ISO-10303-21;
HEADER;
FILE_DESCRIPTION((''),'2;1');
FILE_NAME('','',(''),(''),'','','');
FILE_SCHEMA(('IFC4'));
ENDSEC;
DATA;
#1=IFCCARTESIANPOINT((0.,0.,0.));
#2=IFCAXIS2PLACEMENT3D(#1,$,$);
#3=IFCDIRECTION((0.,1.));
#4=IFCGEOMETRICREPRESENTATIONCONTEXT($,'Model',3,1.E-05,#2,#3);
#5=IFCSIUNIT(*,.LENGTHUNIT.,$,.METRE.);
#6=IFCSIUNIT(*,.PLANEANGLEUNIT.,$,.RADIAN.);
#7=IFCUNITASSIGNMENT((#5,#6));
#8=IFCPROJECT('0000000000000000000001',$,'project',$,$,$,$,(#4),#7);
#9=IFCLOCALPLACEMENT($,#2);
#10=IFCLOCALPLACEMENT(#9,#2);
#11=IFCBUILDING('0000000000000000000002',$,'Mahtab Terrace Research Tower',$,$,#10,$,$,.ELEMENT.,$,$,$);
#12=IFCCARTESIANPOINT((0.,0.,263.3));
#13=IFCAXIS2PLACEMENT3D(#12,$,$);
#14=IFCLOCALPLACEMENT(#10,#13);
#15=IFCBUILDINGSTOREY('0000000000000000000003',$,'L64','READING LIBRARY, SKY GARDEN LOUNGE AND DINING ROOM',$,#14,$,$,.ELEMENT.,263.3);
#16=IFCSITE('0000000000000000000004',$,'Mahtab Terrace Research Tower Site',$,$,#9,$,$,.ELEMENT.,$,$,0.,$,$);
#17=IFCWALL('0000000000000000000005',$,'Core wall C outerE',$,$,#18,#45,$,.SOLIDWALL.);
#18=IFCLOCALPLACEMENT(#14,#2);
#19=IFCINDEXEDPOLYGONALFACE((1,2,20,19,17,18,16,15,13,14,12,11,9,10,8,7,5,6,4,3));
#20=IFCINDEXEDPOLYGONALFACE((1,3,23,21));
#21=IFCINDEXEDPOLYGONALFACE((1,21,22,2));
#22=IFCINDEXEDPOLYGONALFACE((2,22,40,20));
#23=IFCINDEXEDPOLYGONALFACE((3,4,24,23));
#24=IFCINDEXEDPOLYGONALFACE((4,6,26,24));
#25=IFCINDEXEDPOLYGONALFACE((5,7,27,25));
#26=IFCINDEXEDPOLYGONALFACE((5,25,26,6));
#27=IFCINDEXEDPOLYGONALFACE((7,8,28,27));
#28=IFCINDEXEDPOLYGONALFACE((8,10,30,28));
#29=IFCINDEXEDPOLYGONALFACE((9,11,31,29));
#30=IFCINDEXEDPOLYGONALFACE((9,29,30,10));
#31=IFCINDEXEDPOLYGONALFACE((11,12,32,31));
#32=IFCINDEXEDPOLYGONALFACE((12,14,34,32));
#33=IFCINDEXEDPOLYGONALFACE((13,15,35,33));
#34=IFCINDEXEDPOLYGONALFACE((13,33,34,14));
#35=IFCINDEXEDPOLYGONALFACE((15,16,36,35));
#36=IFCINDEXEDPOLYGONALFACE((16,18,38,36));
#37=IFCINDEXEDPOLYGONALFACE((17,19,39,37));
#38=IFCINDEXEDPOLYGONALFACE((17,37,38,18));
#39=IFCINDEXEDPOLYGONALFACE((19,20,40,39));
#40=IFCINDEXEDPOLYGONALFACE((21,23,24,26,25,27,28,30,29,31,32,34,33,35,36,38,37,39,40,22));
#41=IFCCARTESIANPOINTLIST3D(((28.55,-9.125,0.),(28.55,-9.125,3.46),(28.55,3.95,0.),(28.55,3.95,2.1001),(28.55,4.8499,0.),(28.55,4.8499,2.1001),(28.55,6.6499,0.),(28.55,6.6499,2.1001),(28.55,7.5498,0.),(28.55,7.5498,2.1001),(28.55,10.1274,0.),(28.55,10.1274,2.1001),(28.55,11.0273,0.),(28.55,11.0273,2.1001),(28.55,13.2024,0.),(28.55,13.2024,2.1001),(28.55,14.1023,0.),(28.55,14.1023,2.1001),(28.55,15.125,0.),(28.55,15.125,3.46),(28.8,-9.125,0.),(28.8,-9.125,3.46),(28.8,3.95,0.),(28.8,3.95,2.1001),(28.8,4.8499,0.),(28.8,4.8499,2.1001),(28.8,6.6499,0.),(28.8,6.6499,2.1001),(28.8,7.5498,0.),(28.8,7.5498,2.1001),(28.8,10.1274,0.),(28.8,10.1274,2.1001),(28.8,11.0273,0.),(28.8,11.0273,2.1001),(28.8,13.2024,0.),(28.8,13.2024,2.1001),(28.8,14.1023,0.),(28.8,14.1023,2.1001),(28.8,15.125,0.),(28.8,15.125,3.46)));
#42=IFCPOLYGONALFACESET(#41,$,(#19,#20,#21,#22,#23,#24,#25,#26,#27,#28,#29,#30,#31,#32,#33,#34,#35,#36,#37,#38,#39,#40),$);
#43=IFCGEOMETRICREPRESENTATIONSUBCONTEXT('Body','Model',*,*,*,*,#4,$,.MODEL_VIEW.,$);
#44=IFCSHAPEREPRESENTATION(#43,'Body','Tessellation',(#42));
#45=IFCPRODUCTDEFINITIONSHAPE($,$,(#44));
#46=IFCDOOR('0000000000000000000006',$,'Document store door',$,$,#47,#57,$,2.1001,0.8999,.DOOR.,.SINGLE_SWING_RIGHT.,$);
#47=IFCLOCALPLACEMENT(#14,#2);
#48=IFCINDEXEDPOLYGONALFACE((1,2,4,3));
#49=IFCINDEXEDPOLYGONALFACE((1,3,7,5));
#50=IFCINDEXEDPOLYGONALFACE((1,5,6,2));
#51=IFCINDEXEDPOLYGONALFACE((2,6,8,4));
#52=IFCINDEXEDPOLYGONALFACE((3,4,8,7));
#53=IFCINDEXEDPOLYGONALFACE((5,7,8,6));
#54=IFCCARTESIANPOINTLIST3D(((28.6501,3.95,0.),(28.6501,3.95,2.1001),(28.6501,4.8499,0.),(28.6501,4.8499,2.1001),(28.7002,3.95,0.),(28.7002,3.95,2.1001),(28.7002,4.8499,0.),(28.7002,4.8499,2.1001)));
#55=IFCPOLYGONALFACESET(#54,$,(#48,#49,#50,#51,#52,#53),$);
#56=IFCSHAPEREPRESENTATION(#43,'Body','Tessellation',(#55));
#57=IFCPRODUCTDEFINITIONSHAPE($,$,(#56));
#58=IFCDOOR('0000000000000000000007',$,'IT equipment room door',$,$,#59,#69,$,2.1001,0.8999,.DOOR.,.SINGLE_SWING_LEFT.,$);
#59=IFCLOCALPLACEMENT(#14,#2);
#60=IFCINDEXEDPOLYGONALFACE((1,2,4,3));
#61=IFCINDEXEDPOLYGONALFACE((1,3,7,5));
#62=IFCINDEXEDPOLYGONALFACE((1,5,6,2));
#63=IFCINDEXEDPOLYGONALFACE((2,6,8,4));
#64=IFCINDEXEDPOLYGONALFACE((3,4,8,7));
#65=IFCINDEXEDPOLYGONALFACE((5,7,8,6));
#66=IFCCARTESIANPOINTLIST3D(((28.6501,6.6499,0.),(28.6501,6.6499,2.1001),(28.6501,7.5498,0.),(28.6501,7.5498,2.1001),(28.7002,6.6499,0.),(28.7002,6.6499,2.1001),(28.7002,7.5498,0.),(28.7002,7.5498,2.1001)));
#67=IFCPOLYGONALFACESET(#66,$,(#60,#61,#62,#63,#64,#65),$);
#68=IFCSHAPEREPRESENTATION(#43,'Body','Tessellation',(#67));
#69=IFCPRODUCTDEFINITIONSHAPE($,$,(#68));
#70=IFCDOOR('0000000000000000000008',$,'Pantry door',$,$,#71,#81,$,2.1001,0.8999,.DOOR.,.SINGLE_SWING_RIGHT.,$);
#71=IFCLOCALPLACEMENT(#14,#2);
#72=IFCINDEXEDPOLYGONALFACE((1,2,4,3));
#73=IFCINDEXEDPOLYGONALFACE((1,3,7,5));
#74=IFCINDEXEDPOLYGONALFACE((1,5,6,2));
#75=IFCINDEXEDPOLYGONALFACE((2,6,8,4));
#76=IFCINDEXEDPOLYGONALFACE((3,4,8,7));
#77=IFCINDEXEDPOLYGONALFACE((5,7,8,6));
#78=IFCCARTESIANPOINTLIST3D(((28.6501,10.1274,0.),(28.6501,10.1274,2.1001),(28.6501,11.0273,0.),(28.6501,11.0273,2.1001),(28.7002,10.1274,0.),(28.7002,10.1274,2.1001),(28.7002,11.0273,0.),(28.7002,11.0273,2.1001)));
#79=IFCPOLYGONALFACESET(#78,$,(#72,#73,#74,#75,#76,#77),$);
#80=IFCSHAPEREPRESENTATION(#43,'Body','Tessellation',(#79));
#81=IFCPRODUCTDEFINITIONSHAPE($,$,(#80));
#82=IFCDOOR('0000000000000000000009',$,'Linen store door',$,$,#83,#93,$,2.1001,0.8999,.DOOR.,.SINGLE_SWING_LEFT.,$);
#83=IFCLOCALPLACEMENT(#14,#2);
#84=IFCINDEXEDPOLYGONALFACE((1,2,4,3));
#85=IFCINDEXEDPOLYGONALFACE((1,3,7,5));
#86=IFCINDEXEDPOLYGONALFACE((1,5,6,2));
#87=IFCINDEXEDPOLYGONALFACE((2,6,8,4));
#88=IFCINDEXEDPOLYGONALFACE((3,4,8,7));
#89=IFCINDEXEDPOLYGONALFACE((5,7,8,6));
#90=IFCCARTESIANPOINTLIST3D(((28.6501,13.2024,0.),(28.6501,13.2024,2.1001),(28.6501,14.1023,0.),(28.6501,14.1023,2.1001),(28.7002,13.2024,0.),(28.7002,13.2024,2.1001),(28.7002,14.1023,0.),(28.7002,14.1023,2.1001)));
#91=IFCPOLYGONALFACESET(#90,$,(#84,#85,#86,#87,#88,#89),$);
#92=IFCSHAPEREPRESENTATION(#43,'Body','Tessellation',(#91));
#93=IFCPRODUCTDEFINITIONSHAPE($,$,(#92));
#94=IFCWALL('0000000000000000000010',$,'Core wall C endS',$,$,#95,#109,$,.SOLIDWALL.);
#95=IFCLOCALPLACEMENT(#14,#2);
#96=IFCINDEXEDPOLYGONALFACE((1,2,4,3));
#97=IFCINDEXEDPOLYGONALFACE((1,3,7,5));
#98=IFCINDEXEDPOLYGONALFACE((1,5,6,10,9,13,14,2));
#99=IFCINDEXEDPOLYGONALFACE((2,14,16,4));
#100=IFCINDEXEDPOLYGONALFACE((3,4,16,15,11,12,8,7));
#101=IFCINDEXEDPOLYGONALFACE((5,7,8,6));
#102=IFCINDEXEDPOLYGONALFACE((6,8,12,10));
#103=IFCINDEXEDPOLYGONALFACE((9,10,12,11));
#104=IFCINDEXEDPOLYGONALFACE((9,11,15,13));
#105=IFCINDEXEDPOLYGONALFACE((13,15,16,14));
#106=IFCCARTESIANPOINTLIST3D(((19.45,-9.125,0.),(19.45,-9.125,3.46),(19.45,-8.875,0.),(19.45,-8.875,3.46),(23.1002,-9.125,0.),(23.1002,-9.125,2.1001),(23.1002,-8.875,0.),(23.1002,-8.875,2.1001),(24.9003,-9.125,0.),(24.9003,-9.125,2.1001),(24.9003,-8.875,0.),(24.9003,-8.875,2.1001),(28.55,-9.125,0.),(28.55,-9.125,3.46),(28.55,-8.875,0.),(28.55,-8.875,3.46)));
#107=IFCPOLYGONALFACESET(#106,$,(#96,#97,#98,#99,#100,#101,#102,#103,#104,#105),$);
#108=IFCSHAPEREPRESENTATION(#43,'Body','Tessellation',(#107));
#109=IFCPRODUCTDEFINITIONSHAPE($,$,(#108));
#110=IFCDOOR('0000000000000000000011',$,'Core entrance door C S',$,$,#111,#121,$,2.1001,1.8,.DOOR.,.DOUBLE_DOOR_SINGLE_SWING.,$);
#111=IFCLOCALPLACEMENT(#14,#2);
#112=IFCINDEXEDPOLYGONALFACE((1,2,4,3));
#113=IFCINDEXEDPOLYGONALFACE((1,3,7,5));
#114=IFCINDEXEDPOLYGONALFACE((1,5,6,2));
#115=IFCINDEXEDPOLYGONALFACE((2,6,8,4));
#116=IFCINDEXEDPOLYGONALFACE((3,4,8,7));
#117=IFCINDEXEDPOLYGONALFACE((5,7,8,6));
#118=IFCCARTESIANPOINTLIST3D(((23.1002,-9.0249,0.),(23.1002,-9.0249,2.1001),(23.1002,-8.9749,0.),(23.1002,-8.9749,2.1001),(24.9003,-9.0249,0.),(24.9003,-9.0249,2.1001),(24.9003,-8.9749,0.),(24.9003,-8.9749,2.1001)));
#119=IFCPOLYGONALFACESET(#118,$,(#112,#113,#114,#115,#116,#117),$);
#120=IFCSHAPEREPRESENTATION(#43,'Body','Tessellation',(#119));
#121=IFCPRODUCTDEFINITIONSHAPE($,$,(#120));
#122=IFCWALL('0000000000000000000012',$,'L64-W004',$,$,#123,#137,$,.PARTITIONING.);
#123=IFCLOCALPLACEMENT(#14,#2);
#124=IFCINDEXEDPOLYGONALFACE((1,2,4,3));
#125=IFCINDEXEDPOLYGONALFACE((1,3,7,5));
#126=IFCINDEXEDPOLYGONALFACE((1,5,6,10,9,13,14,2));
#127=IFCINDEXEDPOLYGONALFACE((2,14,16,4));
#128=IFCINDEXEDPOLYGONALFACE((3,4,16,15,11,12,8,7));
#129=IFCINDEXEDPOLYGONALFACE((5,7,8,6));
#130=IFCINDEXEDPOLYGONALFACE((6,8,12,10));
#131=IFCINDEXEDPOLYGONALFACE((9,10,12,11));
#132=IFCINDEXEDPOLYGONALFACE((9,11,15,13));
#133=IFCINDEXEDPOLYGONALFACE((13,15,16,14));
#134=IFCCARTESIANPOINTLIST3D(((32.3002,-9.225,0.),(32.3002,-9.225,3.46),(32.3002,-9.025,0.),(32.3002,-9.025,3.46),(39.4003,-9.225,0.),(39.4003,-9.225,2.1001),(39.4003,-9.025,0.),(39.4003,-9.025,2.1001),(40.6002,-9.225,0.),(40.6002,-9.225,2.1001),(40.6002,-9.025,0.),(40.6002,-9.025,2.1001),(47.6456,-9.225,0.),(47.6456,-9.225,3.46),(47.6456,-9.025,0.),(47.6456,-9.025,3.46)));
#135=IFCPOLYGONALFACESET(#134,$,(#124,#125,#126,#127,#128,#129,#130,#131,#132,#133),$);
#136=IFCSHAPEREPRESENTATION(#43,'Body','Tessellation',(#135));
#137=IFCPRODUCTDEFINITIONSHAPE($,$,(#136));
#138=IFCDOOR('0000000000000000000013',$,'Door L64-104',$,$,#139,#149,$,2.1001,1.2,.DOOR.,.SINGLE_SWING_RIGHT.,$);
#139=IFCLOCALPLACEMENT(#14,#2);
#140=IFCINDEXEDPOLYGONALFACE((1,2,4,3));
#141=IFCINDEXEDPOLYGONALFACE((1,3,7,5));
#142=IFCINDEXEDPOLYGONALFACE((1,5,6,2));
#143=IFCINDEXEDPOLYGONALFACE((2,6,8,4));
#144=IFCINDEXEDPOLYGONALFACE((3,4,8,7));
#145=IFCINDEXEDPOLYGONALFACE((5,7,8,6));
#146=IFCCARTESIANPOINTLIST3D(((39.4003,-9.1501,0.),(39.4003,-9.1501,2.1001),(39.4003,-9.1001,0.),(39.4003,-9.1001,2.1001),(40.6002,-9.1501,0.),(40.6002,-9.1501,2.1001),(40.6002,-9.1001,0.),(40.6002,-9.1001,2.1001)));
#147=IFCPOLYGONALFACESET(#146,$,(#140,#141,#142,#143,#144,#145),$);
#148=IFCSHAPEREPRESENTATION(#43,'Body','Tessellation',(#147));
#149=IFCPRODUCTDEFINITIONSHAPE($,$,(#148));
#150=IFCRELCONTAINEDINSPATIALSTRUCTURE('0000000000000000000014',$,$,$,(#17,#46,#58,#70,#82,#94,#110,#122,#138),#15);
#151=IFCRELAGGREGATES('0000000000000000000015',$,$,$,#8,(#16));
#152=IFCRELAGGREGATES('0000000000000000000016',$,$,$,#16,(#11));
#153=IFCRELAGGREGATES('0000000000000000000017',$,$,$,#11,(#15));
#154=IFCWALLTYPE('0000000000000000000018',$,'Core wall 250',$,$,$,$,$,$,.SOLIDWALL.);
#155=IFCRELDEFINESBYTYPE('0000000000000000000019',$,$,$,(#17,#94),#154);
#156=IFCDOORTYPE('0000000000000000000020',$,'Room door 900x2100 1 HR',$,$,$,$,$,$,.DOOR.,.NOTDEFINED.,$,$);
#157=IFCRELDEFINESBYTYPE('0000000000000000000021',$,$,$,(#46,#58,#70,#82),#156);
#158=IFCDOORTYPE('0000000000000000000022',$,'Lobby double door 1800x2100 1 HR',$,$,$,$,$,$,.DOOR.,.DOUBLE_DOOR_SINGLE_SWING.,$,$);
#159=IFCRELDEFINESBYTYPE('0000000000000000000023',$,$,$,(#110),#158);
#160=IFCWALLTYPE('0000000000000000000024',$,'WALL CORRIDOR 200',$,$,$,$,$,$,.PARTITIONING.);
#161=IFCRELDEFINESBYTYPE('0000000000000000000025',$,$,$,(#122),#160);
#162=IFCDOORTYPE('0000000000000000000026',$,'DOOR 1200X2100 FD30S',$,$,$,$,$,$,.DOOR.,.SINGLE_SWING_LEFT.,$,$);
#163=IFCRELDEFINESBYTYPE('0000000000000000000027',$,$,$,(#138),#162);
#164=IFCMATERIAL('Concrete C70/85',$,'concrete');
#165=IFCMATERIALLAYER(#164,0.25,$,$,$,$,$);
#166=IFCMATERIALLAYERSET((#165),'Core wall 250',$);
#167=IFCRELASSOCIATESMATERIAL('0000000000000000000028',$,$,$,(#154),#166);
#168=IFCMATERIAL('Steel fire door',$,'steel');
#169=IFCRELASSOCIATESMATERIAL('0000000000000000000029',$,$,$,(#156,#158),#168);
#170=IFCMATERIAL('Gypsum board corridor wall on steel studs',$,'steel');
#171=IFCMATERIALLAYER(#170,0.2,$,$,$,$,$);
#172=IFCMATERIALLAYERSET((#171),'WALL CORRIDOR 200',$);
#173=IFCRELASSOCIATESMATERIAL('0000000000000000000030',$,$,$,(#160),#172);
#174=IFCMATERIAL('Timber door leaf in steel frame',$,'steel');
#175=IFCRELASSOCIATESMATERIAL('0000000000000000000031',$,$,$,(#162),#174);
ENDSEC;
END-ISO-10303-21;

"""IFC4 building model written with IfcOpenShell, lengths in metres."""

from ifc_helpers import new_model, si_unit, direction, frame, frame_2d, origin, place, context, subcontext, project, spatial, rectangle, extrude, material, layer, layer_set, type_object, element, fill, save


model = new_model("IFC4")

# Units and contexts
model_context = context("Model", 3, precision=1e-05, world=origin(), true_north=direction((0.0, 1.0)))
body_context = subcontext(model_context, "Body", "Model", "MODEL_VIEW")
ifc_project = project(units=[si_unit("LENGTHUNIT", "METRE"), si_unit("PLANEANGLEUNIT", "RADIAN")], contexts=[model_context])

# Site, building, storey
site_placement = place(None, origin())
site = spatial("IfcSite", under=ifc_project, at=site_placement, Name="Mahtab Terrace Research Tower Site", CompositionType="ELEMENT", RefElevation=0.0)
building_placement = place(site_placement, origin())
building = spatial("IfcBuilding", under=site, at=building_placement, Name="Mahtab Terrace Research Tower", CompositionType="ELEMENT")
storey_placement = place(building_placement, frame((0.0, 0.0, 263.3)))
storey = spatial("IfcBuildingStorey", under=building, at=storey_placement, Name="L64", Description="READING LIBRARY, SKY GARDEN LOUNGE AND DINING ROOM", CompositionType="ELEMENT", Elevation=263.3)

# Shared definitions
ifc_material_1 = material(Name="Concrete C70/85", Category="concrete")

# Wall, openings, doors
ifc_layer_1 = layer(ifc_material_1, 0.25)
ifc_layer_set_1 = layer_set([ifc_layer_1], Name="Core wall 250")
wall_type_1 = type_object("IfcWallType", Name="Core wall 250", PredefinedType="SOLIDWALL", material=ifc_layer_set_1)
wall_1_placement = place(storey_placement, frame((28.675, -9.125, 0.0), z_axis=(0.0, 0.0, 1.0), x_axis=(0.0, 1.0, 0.0)))
wall_1 = element("IfcWall", 1, at=wall_1_placement, inside=storey, type_object=wall_type_1, Name="Core wall C outerE", PredefinedType="SOLIDWALL", context=body_context, shape_type="SweptSolid", body=[
    extrude(rectangle(XDim=24.25, YDim=0.25, at=frame_2d((12.125, 0.0))), origin(), (0.0, 0.0, 1.0), 3.46),
])
opening_1_placement = place(wall_1_placement, frame((13.075, 0.0, 0.0)))
opening_1 = element("IfcOpeningElement", 2, at=opening_1_placement, cuts=wall_1, PredefinedType="OPENING", context=body_context, shape_type="SweptSolid", body=[
    extrude(rectangle(XDim=0.8999, YDim=2.1001, at=frame_2d((0.45, 1.05))), frame((0.0, 0.135, 0.0), z_axis=(0.0, -1.0, 0.0), x_axis=(1.0, 0.0, 0.0)), (0.0, 0.0, 1.0), 0.27),
])
opening_2_placement = place(wall_1_placement, frame((15.7749, 0.0, 0.0)))
opening_2 = element("IfcOpeningElement", 3, at=opening_2_placement, cuts=wall_1, PredefinedType="OPENING", context=body_context, shape_type="SweptSolid", body=[
    extrude(rectangle(XDim=0.8999, YDim=2.1001, at=frame_2d((0.45, 1.05))), frame((0.0, 0.135, 0.0), z_axis=(0.0, -1.0, 0.0), x_axis=(1.0, 0.0, 0.0)), (0.0, 0.0, 1.0), 0.27),
])
opening_3_placement = place(wall_1_placement, frame((19.2524, 0.0, 0.0)))
opening_3 = element("IfcOpeningElement", 4, at=opening_3_placement, cuts=wall_1, PredefinedType="OPENING", context=body_context, shape_type="SweptSolid", body=[
    extrude(rectangle(XDim=0.8999, YDim=2.1001, at=frame_2d((0.45, 1.05))), frame((0.0, 0.135, 0.0), z_axis=(0.0, -1.0, 0.0), x_axis=(1.0, 0.0, 0.0)), (0.0, 0.0, 1.0), 0.27),
])
opening_4_placement = place(wall_1_placement, frame((22.3274, 0.0, 0.0)))
opening_4 = element("IfcOpeningElement", 5, at=opening_4_placement, cuts=wall_1, PredefinedType="OPENING", context=body_context, shape_type="SweptSolid", body=[
    extrude(rectangle(XDim=0.8999, YDim=2.1001, at=frame_2d((0.45, 1.05))), frame((0.0, 0.135, 0.0), z_axis=(0.0, -1.0, 0.0), x_axis=(1.0, 0.0, 0.0)), (0.0, 0.0, 1.0), 0.27),
])
ifc_material_2 = material(Name="Steel fire door", Category="steel")
door_type_1 = type_object("IfcDoorType", Name="Room door 900x2100 1 HR", OperationType="NOTDEFINED", PredefinedType="DOOR", material=ifc_material_2)
door_1_placement = place(opening_1_placement, origin())
door_1 = element("IfcDoor", 6, at=door_1_placement, inside=storey, type_object=door_type_1, Name="Document store door", OperationType="SINGLE_SWING_RIGHT", OverallHeight=2.1001, OverallWidth=0.8999, PredefinedType="DOOR", context=body_context, shape_type="SweptSolid", body=[
    extrude(rectangle(XDim=0.8999, YDim=2.1001, at=frame_2d((0.45, 1.05))), frame((0.0, 0.0249, 0.0), z_axis=(0.0, -1.0, 0.0), x_axis=(1.0, 0.0, 0.0)), (0.0, 0.0, 1.0), 0.05),
])
fill(opening_1, door_1)
door_2_placement = place(opening_2_placement, origin())
door_2 = element("IfcDoor", 7, at=door_2_placement, inside=storey, type_object=door_type_1, Name="IT equipment room door", OperationType="SINGLE_SWING_LEFT", OverallHeight=2.1001, OverallWidth=0.8999, PredefinedType="DOOR", context=body_context, shape_type="SweptSolid", body=[
    extrude(rectangle(XDim=0.8999, YDim=2.1001, at=frame_2d((0.45, 1.05))), frame((0.0, 0.0249, 0.0), z_axis=(0.0, -1.0, 0.0), x_axis=(1.0, 0.0, 0.0)), (0.0, 0.0, 1.0), 0.05),
])
fill(opening_2, door_2)
door_3_placement = place(opening_3_placement, origin())
door_3 = element("IfcDoor", 8, at=door_3_placement, inside=storey, type_object=door_type_1, Name="Pantry door", OperationType="SINGLE_SWING_RIGHT", OverallHeight=2.1001, OverallWidth=0.8999, PredefinedType="DOOR", context=body_context, shape_type="SweptSolid", body=[
    extrude(rectangle(XDim=0.8999, YDim=2.1001, at=frame_2d((0.45, 1.05))), frame((0.0, 0.0249, 0.0), z_axis=(0.0, -1.0, 0.0), x_axis=(1.0, 0.0, 0.0)), (0.0, 0.0, 1.0), 0.05),
])
fill(opening_3, door_3)
door_4_placement = place(opening_4_placement, origin())
door_4 = element("IfcDoor", 9, at=door_4_placement, inside=storey, type_object=door_type_1, Name="Linen store door", OperationType="SINGLE_SWING_LEFT", OverallHeight=2.1001, OverallWidth=0.8999, PredefinedType="DOOR", context=body_context, shape_type="SweptSolid", body=[
    extrude(rectangle(XDim=0.8999, YDim=2.1001, at=frame_2d((0.45, 1.05))), frame((0.0, 0.0249, 0.0), z_axis=(0.0, -1.0, 0.0), x_axis=(1.0, 0.0, 0.0)), (0.0, 0.0, 1.0), 0.05),
])
fill(opening_4, door_4)

# Walls, openings, doors
wall_2_placement = place(storey_placement, frame((28.55, -9.0, 0.0), z_axis=(0.0, 0.0, 1.0), x_axis=(-1.0, 0.0, 0.0)))
wall_2 = element("IfcWall", 10, at=wall_2_placement, inside=storey, type_object=wall_type_1, Name="Core wall C endS", PredefinedType="SOLIDWALL", context=body_context, shape_type="SweptSolid", body=[
    extrude(rectangle(XDim=9.1001, YDim=0.25, at=frame_2d((4.55, 0.0))), origin(), (0.0, 0.0, 1.0), 3.46),
])
opening_5_placement = place(wall_2_placement, frame((3.6499, 0.0, 0.0)))
opening_5 = element("IfcOpeningElement", 11, at=opening_5_placement, cuts=wall_2, PredefinedType="OPENING", context=body_context, shape_type="SweptSolid", body=[
    extrude(rectangle(XDim=1.8, YDim=2.1001, at=frame_2d((0.8999, 1.05))), frame((0.0, 0.135, 0.0), z_axis=(0.0, -1.0, 0.0), x_axis=(1.0, 0.0, 0.0)), (0.0, 0.0, 1.0), 0.27),
])
door_type_2 = type_object("IfcDoorType", Name="Lobby double door 1800x2100 1 HR", OperationType="DOUBLE_DOOR_SINGLE_SWING", PredefinedType="DOOR", material=ifc_material_2)
door_5_placement = place(opening_5_placement, origin())
door_5 = element("IfcDoor", 12, at=door_5_placement, inside=storey, type_object=door_type_2, Name="Core entrance door C S", OperationType="DOUBLE_DOOR_SINGLE_SWING", OverallHeight=2.1001, OverallWidth=1.8, PredefinedType="DOOR", context=body_context, shape_type="SweptSolid", body=[
    extrude(rectangle(XDim=1.8, YDim=2.1001, at=frame_2d((0.8999, 1.05))), frame((0.0, 0.0249, 0.0), z_axis=(0.0, -1.0, 0.0), x_axis=(1.0, 0.0, 0.0)), (0.0, 0.0, 1.0), 0.05),
])
fill(opening_5, door_5)
ifc_material_3 = material(Name="Gypsum board corridor wall on steel studs", Category="steel")
ifc_layer_2 = layer(ifc_material_3, 0.2)
ifc_layer_set_2 = layer_set([ifc_layer_2], Name="WALL CORRIDOR 200")
wall_type_2 = type_object("IfcWallType", Name="WALL CORRIDOR 200", PredefinedType="PARTITIONING", material=ifc_layer_set_2)
wall_3_placement = place(storey_placement, frame((32.3, -9.125, 0.0), z_axis=(0.0, 0.0, 1.0), x_axis=(1.0, 0.0, 0.0)))
wall_3 = element("IfcWall", 13, at=wall_3_placement, inside=storey, type_object=wall_type_2, Name="L64-W004", PredefinedType="PARTITIONING", context=body_context, shape_type="SweptSolid", body=[
    extrude(rectangle(XDim=15.3455, YDim=0.2, at=frame_2d((7.6729, 0.0))), origin(), (0.0, 0.0, 1.0), 3.46),
])
opening_6_placement = place(wall_3_placement, frame((7.1001, 0.0, 0.0)))
opening_6 = element("IfcOpeningElement", 14, at=opening_6_placement, cuts=wall_3, PredefinedType="OPENING", context=body_context, shape_type="SweptSolid", body=[
    extrude(rectangle(XDim=1.2, YDim=2.1001, at=frame_2d((0.6001, 1.05))), frame((0.0, 0.1099, 0.0), z_axis=(0.0, -1.0, 0.0), x_axis=(1.0, 0.0, 0.0)), (0.0, 0.0, 1.0), 0.22),
])
ifc_material_4 = material(Name="Timber door leaf in steel frame", Category="steel")
door_type_3 = type_object("IfcDoorType", Name="DOOR 1200X2100 FD30S", OperationType="SINGLE_SWING_LEFT", PredefinedType="DOOR", material=ifc_material_4)
door_6_placement = place(opening_6_placement, origin())
door_6 = element("IfcDoor", 15, at=door_6_placement, inside=storey, type_object=door_type_3, Name="Door L64-104", OperationType="SINGLE_SWING_RIGHT", OverallHeight=2.1001, OverallWidth=1.2, PredefinedType="DOOR", context=body_context, shape_type="SweptSolid", body=[
    extrude(rectangle(XDim=1.2, YDim=2.1001, at=frame_2d((0.6001, 1.05))), frame((0.0, 0.0249, 0.0), z_axis=(0.0, -1.0, 0.0), x_axis=(1.0, 0.0, 0.0)), (0.0, 0.0, 1.0), 0.05),
])
fill(opening_6, door_6)

save(model, "model.ifc")
